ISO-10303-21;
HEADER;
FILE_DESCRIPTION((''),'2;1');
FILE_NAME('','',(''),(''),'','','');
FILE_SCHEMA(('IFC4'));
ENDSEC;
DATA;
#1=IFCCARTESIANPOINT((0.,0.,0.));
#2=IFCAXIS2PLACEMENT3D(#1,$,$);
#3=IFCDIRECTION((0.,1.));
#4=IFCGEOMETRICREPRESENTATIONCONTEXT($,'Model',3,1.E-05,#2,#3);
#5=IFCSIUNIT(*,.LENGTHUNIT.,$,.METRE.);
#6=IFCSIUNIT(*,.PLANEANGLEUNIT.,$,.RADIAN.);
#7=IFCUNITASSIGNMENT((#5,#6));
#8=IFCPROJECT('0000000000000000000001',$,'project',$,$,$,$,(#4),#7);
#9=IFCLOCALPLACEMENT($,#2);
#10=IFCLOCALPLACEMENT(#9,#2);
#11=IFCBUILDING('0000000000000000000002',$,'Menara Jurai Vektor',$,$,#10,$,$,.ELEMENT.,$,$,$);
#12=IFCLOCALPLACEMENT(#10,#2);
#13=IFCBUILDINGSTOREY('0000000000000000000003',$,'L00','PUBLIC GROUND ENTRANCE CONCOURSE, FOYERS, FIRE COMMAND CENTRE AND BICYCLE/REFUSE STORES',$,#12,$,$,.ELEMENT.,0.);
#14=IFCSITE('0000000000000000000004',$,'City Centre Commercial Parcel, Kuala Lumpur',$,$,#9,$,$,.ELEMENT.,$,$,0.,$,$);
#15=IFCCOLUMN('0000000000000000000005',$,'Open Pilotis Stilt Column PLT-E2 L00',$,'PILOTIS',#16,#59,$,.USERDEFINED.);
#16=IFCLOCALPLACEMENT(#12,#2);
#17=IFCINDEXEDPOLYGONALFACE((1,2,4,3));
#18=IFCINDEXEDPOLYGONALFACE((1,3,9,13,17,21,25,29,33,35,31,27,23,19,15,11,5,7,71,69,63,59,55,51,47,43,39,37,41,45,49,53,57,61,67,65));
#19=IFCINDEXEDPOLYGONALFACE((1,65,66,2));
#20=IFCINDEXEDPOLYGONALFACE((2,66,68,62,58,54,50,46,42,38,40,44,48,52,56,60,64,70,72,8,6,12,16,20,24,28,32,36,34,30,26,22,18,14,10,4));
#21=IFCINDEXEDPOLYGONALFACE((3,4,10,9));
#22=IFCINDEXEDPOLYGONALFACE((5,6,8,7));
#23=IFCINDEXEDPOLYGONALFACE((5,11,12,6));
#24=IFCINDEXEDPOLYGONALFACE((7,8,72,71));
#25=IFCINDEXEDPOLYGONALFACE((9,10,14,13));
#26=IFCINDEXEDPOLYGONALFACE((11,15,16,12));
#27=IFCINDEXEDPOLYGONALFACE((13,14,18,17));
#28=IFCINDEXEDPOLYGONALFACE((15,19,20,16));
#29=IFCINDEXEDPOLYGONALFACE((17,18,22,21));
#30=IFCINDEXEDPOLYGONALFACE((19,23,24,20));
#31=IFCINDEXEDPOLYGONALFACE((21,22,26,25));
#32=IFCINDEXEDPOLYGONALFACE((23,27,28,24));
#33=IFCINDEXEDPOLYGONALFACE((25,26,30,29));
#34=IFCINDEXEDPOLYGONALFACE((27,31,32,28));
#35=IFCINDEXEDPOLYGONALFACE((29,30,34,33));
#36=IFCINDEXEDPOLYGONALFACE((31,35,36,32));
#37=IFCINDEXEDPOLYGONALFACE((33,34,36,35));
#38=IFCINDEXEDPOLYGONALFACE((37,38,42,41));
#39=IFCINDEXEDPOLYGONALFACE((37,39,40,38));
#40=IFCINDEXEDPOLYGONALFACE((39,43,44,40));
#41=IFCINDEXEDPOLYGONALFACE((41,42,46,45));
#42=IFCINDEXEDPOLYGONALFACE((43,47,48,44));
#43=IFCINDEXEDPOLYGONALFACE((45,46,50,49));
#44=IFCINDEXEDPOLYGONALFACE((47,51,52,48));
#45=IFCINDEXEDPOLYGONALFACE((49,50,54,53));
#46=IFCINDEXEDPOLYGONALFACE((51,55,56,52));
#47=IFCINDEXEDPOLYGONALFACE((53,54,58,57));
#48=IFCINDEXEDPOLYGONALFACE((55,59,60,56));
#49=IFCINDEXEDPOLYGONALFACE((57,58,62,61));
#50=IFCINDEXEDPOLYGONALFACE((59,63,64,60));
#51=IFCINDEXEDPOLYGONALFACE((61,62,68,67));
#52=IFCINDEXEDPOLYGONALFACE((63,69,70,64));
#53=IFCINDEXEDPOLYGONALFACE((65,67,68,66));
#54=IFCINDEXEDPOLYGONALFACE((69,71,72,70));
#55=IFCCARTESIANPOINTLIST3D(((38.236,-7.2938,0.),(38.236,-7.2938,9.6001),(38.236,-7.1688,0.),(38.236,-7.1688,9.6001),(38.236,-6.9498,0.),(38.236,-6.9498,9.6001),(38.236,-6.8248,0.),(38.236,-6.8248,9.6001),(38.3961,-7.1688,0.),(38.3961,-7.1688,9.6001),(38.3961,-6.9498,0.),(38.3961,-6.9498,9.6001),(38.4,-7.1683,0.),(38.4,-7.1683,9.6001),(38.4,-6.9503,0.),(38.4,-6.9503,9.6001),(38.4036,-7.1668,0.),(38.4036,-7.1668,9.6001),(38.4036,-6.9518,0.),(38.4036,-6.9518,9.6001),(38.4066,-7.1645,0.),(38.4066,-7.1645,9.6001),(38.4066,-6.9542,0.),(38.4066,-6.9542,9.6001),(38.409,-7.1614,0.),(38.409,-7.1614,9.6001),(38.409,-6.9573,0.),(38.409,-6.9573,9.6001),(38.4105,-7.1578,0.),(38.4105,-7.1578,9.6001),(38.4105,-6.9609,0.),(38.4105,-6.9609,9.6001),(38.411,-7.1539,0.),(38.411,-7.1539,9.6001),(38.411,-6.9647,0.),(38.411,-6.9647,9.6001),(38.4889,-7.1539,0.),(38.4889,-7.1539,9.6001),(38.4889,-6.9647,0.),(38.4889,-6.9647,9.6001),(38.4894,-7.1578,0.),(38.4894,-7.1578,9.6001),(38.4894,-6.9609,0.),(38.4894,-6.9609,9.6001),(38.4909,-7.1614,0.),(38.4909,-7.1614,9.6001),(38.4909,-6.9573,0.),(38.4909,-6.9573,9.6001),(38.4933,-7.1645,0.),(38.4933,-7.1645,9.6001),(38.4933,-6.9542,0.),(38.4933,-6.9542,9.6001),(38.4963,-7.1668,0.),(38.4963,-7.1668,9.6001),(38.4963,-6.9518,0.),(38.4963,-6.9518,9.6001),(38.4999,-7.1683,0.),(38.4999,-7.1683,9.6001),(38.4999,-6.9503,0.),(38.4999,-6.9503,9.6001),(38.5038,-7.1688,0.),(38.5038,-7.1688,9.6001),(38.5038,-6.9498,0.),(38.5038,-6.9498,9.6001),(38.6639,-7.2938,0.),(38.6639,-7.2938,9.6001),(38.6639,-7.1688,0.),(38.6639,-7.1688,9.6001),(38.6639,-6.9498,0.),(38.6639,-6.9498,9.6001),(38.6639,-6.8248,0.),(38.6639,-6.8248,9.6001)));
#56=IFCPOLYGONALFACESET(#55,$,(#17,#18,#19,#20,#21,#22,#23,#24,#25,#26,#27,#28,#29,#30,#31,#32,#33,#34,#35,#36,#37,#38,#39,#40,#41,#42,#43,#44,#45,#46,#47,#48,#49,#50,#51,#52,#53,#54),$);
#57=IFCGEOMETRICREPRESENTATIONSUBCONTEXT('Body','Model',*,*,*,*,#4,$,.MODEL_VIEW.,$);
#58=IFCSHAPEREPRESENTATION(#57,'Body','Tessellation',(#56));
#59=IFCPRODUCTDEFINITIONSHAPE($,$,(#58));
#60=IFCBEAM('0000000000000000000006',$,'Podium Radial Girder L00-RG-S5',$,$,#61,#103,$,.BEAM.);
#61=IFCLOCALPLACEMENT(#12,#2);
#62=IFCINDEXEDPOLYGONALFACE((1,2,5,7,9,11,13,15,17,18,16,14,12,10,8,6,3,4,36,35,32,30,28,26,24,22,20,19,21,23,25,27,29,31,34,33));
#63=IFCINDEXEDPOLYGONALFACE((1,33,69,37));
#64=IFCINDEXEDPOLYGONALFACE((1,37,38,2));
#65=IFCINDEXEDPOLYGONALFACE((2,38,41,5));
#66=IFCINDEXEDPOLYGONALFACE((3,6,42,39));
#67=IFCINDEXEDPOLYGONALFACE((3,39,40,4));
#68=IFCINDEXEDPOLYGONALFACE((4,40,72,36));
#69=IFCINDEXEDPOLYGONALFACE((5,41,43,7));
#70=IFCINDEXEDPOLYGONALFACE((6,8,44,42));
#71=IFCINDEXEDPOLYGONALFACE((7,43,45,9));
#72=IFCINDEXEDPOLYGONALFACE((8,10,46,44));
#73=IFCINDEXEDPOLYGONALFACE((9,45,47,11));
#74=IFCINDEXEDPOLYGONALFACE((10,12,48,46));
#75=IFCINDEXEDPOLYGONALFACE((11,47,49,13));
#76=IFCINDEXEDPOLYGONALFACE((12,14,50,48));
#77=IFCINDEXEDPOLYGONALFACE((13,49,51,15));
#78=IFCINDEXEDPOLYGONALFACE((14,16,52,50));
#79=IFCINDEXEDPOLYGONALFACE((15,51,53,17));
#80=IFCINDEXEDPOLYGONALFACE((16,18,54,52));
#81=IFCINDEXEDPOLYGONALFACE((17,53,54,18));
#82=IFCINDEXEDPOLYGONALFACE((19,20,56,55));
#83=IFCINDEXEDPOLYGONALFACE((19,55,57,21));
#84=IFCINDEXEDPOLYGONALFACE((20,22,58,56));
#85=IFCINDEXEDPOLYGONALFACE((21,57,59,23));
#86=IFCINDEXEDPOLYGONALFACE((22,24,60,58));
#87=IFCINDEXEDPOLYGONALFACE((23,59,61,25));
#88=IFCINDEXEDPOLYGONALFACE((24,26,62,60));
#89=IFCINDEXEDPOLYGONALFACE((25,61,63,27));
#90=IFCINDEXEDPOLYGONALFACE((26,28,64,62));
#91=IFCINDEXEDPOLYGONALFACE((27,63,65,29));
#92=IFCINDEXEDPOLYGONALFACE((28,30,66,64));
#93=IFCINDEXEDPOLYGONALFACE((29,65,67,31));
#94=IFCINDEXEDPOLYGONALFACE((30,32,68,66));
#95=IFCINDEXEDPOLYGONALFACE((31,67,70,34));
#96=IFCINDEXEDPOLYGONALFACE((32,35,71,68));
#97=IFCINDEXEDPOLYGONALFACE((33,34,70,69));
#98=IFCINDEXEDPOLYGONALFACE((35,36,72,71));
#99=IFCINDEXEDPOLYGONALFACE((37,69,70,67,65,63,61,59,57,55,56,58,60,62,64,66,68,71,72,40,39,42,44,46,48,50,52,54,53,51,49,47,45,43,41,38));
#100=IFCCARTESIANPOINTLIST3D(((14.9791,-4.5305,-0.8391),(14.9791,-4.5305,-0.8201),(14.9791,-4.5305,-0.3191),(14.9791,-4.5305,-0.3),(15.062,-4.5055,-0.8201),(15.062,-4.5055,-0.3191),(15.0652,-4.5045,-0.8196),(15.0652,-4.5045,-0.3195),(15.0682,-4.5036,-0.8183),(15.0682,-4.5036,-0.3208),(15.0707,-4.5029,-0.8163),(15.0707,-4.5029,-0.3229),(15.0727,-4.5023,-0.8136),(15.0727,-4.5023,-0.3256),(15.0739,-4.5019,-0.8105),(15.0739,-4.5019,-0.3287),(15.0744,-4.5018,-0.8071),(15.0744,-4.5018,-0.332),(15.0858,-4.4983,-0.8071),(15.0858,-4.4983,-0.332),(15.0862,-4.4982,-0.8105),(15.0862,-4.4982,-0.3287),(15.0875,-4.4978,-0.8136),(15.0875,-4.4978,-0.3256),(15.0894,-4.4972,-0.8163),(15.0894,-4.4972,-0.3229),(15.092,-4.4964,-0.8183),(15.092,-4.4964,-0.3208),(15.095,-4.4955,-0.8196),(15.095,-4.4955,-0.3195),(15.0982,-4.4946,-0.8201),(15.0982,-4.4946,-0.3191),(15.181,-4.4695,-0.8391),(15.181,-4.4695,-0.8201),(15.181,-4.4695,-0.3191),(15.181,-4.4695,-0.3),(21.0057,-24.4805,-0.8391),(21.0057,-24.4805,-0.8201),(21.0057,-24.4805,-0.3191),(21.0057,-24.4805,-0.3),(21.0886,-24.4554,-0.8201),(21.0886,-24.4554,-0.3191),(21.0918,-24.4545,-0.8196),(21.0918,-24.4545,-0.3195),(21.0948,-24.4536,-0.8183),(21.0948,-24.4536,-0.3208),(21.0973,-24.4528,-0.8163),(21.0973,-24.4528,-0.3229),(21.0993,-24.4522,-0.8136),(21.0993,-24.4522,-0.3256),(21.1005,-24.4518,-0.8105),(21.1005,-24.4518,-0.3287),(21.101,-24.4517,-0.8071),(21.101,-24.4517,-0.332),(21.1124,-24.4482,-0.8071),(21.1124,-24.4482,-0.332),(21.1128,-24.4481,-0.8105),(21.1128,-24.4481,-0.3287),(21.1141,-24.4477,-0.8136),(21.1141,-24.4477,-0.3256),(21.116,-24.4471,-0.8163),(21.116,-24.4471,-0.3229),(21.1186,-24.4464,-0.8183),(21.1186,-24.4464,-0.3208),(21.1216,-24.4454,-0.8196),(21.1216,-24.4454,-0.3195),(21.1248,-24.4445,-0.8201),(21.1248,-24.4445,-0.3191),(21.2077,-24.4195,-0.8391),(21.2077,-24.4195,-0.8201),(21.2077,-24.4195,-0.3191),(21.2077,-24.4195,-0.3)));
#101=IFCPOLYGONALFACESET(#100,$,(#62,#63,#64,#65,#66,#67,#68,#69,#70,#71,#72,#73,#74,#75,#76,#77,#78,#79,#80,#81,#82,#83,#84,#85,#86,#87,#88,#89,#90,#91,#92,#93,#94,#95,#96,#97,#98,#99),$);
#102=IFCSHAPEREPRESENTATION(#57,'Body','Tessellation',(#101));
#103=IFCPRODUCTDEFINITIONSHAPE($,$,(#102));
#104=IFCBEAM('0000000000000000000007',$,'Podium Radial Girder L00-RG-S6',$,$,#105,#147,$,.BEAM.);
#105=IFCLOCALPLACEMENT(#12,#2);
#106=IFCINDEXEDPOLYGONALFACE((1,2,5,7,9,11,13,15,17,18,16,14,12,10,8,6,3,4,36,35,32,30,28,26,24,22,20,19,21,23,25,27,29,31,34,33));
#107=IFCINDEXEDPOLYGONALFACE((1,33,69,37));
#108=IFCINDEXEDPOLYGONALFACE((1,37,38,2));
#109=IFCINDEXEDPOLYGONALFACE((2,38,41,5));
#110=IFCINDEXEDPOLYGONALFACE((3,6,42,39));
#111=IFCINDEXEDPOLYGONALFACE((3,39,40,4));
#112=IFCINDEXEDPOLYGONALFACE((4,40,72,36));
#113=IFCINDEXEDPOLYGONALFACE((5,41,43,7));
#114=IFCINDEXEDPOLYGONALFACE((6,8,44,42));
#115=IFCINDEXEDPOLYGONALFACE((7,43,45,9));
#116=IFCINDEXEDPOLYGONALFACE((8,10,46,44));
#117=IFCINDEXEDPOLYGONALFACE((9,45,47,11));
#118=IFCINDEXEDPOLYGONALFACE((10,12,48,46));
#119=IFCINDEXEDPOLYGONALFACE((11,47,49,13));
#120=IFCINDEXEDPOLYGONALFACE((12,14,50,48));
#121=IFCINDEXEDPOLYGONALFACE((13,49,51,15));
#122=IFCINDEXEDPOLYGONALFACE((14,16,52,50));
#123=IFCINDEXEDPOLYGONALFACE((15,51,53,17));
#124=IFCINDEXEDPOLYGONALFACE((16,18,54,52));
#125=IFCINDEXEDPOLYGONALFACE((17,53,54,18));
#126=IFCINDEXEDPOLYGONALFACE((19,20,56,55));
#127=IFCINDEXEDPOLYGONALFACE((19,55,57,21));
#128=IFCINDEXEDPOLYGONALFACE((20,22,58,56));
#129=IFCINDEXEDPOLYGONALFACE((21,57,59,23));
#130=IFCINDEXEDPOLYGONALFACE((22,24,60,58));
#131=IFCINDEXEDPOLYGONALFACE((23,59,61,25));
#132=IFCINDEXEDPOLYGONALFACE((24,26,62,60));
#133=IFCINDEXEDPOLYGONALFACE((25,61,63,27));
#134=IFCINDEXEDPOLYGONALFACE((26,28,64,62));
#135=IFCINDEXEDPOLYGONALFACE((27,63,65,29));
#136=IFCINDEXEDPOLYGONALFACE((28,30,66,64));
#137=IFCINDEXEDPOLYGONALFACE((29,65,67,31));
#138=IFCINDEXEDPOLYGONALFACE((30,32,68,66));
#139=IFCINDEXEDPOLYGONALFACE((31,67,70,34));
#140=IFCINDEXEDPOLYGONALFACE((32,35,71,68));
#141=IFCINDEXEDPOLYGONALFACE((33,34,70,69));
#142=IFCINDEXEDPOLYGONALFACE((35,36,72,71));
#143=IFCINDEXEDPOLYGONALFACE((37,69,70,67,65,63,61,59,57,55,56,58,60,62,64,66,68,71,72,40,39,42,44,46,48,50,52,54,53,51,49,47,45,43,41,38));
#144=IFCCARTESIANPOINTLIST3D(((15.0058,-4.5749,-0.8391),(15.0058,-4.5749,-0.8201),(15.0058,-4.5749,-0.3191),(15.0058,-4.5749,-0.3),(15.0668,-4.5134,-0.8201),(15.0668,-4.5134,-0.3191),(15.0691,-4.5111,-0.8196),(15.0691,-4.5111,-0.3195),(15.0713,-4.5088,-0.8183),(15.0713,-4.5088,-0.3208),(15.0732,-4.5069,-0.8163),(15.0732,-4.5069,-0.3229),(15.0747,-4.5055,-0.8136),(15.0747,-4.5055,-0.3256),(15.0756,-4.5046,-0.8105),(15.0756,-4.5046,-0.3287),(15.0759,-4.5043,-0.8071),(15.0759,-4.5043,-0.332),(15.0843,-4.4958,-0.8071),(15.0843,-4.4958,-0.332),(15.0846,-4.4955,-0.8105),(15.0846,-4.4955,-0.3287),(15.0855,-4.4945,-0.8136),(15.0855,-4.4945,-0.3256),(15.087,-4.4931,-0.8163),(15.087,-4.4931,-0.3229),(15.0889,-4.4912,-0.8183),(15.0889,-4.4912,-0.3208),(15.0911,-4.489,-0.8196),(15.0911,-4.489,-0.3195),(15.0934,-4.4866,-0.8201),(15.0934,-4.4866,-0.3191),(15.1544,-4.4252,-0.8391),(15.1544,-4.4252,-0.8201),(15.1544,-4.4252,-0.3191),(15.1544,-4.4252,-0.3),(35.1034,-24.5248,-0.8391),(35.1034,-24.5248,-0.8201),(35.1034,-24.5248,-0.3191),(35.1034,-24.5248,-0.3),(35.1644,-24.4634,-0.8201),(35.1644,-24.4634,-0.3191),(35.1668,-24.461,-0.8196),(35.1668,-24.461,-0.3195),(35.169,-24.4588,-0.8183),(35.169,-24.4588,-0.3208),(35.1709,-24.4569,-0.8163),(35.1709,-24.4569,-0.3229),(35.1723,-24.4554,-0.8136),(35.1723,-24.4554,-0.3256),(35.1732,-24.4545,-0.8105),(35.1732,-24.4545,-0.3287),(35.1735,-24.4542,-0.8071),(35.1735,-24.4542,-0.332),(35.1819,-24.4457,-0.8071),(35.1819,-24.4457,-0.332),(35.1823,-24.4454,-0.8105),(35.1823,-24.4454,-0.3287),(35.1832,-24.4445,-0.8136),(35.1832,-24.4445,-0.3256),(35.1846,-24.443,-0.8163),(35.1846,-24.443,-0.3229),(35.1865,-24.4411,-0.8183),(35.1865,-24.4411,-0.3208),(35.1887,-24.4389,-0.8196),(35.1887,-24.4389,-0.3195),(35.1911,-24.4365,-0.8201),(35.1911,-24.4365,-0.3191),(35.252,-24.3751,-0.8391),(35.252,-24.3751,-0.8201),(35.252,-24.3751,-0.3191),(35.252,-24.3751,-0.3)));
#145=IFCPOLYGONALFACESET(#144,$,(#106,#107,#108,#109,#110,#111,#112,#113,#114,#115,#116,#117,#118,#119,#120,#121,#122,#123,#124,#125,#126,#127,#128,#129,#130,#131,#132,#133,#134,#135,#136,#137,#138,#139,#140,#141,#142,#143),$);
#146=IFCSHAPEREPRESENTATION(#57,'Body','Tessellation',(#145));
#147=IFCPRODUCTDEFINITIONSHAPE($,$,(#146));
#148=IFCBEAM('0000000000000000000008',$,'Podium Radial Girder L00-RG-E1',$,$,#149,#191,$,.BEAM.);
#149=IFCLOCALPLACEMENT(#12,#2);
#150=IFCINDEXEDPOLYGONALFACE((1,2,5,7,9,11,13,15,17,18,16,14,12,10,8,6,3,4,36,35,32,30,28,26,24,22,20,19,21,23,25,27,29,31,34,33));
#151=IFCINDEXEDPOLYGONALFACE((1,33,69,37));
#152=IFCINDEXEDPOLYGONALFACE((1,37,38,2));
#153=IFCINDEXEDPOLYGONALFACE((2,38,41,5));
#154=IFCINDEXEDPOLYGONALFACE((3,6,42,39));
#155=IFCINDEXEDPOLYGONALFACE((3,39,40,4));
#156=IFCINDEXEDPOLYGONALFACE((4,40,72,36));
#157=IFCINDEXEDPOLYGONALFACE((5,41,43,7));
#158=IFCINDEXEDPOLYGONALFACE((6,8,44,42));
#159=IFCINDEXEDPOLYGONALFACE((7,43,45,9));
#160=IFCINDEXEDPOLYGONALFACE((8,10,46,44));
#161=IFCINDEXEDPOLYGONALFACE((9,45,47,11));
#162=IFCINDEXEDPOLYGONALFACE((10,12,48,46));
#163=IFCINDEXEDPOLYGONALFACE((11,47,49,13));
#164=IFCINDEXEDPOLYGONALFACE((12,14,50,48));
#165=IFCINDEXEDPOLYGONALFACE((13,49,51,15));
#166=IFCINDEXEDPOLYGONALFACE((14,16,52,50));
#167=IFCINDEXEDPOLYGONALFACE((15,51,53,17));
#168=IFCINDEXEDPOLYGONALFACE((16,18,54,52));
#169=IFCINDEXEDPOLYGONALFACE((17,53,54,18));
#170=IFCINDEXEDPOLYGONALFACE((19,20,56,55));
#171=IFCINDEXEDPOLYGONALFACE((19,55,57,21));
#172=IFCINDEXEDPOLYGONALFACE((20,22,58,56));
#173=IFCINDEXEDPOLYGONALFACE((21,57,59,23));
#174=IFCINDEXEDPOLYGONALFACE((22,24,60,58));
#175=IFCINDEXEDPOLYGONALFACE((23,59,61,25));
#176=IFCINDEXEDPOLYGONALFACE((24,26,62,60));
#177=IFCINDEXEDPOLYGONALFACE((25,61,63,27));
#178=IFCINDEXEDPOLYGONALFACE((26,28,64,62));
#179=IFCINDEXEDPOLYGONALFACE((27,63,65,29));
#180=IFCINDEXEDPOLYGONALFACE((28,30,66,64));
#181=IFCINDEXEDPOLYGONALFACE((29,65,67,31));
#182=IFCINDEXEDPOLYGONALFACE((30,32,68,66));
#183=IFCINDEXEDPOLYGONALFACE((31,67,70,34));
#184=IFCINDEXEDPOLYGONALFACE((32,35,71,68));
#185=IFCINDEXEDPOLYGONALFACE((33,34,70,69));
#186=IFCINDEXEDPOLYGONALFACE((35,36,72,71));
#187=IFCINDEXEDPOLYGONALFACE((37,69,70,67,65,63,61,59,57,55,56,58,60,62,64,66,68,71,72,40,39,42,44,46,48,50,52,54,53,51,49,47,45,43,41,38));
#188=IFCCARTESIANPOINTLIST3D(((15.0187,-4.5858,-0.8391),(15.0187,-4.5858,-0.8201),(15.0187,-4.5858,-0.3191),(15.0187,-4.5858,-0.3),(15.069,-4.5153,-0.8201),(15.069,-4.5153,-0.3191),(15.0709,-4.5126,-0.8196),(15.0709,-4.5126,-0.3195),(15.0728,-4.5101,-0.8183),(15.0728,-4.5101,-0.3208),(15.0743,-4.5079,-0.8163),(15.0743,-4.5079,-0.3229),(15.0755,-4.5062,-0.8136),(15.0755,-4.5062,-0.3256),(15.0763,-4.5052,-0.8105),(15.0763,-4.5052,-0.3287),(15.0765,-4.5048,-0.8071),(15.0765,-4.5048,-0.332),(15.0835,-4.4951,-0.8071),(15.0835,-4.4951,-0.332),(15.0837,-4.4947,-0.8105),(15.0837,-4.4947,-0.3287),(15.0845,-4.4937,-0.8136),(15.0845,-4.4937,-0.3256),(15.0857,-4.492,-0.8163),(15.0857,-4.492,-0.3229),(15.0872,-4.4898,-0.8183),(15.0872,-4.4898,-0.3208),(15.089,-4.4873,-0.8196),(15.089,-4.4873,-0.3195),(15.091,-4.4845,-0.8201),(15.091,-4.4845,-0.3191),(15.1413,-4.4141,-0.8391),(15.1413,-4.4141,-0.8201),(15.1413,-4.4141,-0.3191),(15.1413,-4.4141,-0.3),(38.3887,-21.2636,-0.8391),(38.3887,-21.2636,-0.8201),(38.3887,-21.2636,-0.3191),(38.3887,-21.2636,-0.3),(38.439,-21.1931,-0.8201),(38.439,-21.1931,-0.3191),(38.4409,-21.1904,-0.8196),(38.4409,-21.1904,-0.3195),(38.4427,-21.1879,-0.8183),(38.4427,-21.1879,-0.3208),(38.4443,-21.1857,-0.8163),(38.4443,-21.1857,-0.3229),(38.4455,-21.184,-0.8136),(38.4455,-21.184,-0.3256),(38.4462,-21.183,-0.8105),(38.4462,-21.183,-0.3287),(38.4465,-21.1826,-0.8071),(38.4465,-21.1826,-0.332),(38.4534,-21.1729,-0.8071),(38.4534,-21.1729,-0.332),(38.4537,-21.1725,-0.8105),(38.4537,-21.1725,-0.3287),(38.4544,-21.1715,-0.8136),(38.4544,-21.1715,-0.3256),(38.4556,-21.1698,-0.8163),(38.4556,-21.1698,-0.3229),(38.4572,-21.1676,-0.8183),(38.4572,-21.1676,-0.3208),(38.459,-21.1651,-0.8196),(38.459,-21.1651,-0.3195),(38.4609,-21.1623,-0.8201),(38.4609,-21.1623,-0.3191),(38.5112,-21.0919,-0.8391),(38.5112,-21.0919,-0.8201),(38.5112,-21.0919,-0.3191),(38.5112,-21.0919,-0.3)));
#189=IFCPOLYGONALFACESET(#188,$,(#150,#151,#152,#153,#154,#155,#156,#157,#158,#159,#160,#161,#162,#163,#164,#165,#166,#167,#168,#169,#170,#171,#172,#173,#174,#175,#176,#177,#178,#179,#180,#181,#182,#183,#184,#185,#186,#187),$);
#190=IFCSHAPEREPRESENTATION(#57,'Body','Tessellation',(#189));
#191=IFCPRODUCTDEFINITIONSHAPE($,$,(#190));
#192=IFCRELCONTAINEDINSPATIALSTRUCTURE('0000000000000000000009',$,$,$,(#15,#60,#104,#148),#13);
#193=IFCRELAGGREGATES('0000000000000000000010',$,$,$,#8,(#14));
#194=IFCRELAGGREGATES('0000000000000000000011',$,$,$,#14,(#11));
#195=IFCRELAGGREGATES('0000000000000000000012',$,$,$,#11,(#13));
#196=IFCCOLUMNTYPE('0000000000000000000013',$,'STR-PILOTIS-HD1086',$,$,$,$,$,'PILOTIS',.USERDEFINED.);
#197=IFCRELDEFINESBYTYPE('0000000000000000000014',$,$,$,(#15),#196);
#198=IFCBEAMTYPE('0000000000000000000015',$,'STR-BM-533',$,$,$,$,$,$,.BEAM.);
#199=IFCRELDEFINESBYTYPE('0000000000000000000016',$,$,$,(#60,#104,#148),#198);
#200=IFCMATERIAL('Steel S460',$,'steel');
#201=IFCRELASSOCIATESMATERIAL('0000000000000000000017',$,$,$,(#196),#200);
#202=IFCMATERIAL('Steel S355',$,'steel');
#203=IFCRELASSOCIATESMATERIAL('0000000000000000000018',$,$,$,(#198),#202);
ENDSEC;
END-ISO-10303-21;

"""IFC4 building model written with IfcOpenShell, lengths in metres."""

from ifc_helpers import new_model, si_unit, direction, frame, origin, origin_2d, place, context, subcontext, project, spatial, i_section, extrude, material, material_profile, profile_set, type_object, element, save


model = new_model("IFC4")

# Units and contexts
model_context = context("Model", 3, precision=1e-05, world=origin(), true_north=direction((0.0, 1.0)))
body_context = subcontext(model_context, "Body", "Model", "MODEL_VIEW")
ifc_project = project(units=[si_unit("LENGTHUNIT", "METRE"), si_unit("PLANEANGLEUNIT", "RADIAN")], contexts=[model_context])

# Site, building, storey
site_placement = place(None, origin())
site = spatial("IfcSite", under=ifc_project, at=site_placement, Name="City Centre Commercial Parcel, Kuala Lumpur", CompositionType="ELEMENT", RefElevation=0.0)
building_placement = place(site_placement, origin())
building = spatial("IfcBuilding", under=site, at=building_placement, Name="Menara Jurai Vektor", CompositionType="ELEMENT")
storey_placement = place(building_placement, origin())
storey = spatial("IfcBuildingStorey", under=building, at=storey_placement, Name="L00", Description="PUBLIC GROUND ENTRANCE CONCOURSE, FOYERS, FIRE COMMAND CENTRE AND BICYCLE/REFUSE STORES", CompositionType="ELEMENT", Elevation=0.0)

# Column
ifc_material_1 = material(Name="Steel S355", Category="steel")
ifc_material_2 = material(Name="Steel S460", Category="steel")
ifc_material_profile_1 = material_profile(ifc_material_2, i_section(OverallWidth=0.428, OverallDepth=0.469, WebThickness=0.0779, FlangeThickness=0.125, FilletRadius=0.0149, at=origin_2d()), Name="HD 400x1086")
ifc_profile_set_1 = profile_set([ifc_material_profile_1], Name="Steel S460")
column_type_1 = type_object("IfcColumnType", Name="STR-PILOTIS-HD1086", ElementType="PILOTIS", PredefinedType="USERDEFINED", material=ifc_profile_set_1)
for number, where, z_axis, x_axis, name in (
    (1, (38.45, -7.0593, 0.0), (0.0, 0.0, 1.0), (1.0, 0.0, 0.0), "Open Pilotis Stilt Column PLT-E2 L00"),
):
    element("IfcColumn", number, at=place(storey_placement, frame(where, z_axis=z_axis, x_axis=x_axis)), inside=storey, type_object=column_type_1, Name=name, ObjectType="PILOTIS", PredefinedType="USERDEFINED", context=body_context, shape_type="SweptSolid", body=[
        extrude(i_section(OverallWidth=0.428, OverallDepth=0.469, WebThickness=0.0779, FlangeThickness=0.125, FilletRadius=0.0149, at=origin_2d()), origin(), (0.0, 0.0, 1.0), 9.6001),
    ])

# Beams
ifc_material_profile_2 = material_profile(ifc_material_1, i_section(OverallWidth=0.2109, OverallDepth=0.5391, WebThickness=0.012, FlangeThickness=0.019, FilletRadius=0.0129, at=origin_2d()), Name="UKB 533x210x109")
ifc_profile_set_2 = profile_set([ifc_material_profile_2], Name="Steel S355")
beam_type_1 = type_object("IfcBeamType", Name="STR-BM-533", PredefinedType="BEAM", material=ifc_profile_set_2)
beam_1_placement = place(storey_placement, frame((21.1067, -24.45, -0.5696), z_axis=(-0.28918, 0.957275, 0.0), x_axis=(-0.957275, -0.28918, 0.0)))
element("IfcBeam", 2, at=beam_1_placement, inside=storey, type_object=beam_type_1, Name="Podium Radial Girder L00-RG-S5", PredefinedType="BEAM", context=body_context, shape_type="SweptSolid", body=[
    extrude(i_section(OverallWidth=0.2109, OverallDepth=0.5391, WebThickness=0.012, FlangeThickness=0.019, FilletRadius=0.0129, at=origin_2d()), origin(), (0.0, 0.0, 1.0), 20.8403),
])
beam_2_placement = place(storey_placement, frame((35.1777, -24.45, -0.5696), z_axis=(-0.70971, 0.704494, 0.0), x_axis=(-0.704494, -0.70971, 0.0)))
element("IfcBeam", 3, at=beam_2_placement, inside=storey, type_object=beam_type_1, Name="Podium Radial Girder L00-RG-S6", PredefinedType="BEAM", context=body_context, shape_type="SweptSolid", body=[
    extrude(i_section(OverallWidth=0.2109, OverallDepth=0.5391, WebThickness=0.012, FlangeThickness=0.019, FilletRadius=0.0129, at=origin_2d()), origin(), (0.0, 0.0, 1.0), 28.3181),
])
beam_3_placement = place(storey_placement, frame((38.45, -21.1777, -0.5696), z_axis=(-0.813981, 0.580891, 0.0), x_axis=(-0.580891, -0.813981, 0.0)))
element("IfcBeam", 4, at=beam_3_placement, inside=storey, type_object=beam_type_1, Name="Podium Radial Girder L00-RG-E1", PredefinedType="BEAM", context=body_context, shape_type="SweptSolid", body=[
    extrude(i_section(OverallWidth=0.2109, OverallDepth=0.5391, WebThickness=0.012, FlangeThickness=0.019, FilletRadius=0.0129, at=origin_2d()), origin(), (0.0, 0.0, 1.0), 28.7107),
])

save(model, "model.ifc")
